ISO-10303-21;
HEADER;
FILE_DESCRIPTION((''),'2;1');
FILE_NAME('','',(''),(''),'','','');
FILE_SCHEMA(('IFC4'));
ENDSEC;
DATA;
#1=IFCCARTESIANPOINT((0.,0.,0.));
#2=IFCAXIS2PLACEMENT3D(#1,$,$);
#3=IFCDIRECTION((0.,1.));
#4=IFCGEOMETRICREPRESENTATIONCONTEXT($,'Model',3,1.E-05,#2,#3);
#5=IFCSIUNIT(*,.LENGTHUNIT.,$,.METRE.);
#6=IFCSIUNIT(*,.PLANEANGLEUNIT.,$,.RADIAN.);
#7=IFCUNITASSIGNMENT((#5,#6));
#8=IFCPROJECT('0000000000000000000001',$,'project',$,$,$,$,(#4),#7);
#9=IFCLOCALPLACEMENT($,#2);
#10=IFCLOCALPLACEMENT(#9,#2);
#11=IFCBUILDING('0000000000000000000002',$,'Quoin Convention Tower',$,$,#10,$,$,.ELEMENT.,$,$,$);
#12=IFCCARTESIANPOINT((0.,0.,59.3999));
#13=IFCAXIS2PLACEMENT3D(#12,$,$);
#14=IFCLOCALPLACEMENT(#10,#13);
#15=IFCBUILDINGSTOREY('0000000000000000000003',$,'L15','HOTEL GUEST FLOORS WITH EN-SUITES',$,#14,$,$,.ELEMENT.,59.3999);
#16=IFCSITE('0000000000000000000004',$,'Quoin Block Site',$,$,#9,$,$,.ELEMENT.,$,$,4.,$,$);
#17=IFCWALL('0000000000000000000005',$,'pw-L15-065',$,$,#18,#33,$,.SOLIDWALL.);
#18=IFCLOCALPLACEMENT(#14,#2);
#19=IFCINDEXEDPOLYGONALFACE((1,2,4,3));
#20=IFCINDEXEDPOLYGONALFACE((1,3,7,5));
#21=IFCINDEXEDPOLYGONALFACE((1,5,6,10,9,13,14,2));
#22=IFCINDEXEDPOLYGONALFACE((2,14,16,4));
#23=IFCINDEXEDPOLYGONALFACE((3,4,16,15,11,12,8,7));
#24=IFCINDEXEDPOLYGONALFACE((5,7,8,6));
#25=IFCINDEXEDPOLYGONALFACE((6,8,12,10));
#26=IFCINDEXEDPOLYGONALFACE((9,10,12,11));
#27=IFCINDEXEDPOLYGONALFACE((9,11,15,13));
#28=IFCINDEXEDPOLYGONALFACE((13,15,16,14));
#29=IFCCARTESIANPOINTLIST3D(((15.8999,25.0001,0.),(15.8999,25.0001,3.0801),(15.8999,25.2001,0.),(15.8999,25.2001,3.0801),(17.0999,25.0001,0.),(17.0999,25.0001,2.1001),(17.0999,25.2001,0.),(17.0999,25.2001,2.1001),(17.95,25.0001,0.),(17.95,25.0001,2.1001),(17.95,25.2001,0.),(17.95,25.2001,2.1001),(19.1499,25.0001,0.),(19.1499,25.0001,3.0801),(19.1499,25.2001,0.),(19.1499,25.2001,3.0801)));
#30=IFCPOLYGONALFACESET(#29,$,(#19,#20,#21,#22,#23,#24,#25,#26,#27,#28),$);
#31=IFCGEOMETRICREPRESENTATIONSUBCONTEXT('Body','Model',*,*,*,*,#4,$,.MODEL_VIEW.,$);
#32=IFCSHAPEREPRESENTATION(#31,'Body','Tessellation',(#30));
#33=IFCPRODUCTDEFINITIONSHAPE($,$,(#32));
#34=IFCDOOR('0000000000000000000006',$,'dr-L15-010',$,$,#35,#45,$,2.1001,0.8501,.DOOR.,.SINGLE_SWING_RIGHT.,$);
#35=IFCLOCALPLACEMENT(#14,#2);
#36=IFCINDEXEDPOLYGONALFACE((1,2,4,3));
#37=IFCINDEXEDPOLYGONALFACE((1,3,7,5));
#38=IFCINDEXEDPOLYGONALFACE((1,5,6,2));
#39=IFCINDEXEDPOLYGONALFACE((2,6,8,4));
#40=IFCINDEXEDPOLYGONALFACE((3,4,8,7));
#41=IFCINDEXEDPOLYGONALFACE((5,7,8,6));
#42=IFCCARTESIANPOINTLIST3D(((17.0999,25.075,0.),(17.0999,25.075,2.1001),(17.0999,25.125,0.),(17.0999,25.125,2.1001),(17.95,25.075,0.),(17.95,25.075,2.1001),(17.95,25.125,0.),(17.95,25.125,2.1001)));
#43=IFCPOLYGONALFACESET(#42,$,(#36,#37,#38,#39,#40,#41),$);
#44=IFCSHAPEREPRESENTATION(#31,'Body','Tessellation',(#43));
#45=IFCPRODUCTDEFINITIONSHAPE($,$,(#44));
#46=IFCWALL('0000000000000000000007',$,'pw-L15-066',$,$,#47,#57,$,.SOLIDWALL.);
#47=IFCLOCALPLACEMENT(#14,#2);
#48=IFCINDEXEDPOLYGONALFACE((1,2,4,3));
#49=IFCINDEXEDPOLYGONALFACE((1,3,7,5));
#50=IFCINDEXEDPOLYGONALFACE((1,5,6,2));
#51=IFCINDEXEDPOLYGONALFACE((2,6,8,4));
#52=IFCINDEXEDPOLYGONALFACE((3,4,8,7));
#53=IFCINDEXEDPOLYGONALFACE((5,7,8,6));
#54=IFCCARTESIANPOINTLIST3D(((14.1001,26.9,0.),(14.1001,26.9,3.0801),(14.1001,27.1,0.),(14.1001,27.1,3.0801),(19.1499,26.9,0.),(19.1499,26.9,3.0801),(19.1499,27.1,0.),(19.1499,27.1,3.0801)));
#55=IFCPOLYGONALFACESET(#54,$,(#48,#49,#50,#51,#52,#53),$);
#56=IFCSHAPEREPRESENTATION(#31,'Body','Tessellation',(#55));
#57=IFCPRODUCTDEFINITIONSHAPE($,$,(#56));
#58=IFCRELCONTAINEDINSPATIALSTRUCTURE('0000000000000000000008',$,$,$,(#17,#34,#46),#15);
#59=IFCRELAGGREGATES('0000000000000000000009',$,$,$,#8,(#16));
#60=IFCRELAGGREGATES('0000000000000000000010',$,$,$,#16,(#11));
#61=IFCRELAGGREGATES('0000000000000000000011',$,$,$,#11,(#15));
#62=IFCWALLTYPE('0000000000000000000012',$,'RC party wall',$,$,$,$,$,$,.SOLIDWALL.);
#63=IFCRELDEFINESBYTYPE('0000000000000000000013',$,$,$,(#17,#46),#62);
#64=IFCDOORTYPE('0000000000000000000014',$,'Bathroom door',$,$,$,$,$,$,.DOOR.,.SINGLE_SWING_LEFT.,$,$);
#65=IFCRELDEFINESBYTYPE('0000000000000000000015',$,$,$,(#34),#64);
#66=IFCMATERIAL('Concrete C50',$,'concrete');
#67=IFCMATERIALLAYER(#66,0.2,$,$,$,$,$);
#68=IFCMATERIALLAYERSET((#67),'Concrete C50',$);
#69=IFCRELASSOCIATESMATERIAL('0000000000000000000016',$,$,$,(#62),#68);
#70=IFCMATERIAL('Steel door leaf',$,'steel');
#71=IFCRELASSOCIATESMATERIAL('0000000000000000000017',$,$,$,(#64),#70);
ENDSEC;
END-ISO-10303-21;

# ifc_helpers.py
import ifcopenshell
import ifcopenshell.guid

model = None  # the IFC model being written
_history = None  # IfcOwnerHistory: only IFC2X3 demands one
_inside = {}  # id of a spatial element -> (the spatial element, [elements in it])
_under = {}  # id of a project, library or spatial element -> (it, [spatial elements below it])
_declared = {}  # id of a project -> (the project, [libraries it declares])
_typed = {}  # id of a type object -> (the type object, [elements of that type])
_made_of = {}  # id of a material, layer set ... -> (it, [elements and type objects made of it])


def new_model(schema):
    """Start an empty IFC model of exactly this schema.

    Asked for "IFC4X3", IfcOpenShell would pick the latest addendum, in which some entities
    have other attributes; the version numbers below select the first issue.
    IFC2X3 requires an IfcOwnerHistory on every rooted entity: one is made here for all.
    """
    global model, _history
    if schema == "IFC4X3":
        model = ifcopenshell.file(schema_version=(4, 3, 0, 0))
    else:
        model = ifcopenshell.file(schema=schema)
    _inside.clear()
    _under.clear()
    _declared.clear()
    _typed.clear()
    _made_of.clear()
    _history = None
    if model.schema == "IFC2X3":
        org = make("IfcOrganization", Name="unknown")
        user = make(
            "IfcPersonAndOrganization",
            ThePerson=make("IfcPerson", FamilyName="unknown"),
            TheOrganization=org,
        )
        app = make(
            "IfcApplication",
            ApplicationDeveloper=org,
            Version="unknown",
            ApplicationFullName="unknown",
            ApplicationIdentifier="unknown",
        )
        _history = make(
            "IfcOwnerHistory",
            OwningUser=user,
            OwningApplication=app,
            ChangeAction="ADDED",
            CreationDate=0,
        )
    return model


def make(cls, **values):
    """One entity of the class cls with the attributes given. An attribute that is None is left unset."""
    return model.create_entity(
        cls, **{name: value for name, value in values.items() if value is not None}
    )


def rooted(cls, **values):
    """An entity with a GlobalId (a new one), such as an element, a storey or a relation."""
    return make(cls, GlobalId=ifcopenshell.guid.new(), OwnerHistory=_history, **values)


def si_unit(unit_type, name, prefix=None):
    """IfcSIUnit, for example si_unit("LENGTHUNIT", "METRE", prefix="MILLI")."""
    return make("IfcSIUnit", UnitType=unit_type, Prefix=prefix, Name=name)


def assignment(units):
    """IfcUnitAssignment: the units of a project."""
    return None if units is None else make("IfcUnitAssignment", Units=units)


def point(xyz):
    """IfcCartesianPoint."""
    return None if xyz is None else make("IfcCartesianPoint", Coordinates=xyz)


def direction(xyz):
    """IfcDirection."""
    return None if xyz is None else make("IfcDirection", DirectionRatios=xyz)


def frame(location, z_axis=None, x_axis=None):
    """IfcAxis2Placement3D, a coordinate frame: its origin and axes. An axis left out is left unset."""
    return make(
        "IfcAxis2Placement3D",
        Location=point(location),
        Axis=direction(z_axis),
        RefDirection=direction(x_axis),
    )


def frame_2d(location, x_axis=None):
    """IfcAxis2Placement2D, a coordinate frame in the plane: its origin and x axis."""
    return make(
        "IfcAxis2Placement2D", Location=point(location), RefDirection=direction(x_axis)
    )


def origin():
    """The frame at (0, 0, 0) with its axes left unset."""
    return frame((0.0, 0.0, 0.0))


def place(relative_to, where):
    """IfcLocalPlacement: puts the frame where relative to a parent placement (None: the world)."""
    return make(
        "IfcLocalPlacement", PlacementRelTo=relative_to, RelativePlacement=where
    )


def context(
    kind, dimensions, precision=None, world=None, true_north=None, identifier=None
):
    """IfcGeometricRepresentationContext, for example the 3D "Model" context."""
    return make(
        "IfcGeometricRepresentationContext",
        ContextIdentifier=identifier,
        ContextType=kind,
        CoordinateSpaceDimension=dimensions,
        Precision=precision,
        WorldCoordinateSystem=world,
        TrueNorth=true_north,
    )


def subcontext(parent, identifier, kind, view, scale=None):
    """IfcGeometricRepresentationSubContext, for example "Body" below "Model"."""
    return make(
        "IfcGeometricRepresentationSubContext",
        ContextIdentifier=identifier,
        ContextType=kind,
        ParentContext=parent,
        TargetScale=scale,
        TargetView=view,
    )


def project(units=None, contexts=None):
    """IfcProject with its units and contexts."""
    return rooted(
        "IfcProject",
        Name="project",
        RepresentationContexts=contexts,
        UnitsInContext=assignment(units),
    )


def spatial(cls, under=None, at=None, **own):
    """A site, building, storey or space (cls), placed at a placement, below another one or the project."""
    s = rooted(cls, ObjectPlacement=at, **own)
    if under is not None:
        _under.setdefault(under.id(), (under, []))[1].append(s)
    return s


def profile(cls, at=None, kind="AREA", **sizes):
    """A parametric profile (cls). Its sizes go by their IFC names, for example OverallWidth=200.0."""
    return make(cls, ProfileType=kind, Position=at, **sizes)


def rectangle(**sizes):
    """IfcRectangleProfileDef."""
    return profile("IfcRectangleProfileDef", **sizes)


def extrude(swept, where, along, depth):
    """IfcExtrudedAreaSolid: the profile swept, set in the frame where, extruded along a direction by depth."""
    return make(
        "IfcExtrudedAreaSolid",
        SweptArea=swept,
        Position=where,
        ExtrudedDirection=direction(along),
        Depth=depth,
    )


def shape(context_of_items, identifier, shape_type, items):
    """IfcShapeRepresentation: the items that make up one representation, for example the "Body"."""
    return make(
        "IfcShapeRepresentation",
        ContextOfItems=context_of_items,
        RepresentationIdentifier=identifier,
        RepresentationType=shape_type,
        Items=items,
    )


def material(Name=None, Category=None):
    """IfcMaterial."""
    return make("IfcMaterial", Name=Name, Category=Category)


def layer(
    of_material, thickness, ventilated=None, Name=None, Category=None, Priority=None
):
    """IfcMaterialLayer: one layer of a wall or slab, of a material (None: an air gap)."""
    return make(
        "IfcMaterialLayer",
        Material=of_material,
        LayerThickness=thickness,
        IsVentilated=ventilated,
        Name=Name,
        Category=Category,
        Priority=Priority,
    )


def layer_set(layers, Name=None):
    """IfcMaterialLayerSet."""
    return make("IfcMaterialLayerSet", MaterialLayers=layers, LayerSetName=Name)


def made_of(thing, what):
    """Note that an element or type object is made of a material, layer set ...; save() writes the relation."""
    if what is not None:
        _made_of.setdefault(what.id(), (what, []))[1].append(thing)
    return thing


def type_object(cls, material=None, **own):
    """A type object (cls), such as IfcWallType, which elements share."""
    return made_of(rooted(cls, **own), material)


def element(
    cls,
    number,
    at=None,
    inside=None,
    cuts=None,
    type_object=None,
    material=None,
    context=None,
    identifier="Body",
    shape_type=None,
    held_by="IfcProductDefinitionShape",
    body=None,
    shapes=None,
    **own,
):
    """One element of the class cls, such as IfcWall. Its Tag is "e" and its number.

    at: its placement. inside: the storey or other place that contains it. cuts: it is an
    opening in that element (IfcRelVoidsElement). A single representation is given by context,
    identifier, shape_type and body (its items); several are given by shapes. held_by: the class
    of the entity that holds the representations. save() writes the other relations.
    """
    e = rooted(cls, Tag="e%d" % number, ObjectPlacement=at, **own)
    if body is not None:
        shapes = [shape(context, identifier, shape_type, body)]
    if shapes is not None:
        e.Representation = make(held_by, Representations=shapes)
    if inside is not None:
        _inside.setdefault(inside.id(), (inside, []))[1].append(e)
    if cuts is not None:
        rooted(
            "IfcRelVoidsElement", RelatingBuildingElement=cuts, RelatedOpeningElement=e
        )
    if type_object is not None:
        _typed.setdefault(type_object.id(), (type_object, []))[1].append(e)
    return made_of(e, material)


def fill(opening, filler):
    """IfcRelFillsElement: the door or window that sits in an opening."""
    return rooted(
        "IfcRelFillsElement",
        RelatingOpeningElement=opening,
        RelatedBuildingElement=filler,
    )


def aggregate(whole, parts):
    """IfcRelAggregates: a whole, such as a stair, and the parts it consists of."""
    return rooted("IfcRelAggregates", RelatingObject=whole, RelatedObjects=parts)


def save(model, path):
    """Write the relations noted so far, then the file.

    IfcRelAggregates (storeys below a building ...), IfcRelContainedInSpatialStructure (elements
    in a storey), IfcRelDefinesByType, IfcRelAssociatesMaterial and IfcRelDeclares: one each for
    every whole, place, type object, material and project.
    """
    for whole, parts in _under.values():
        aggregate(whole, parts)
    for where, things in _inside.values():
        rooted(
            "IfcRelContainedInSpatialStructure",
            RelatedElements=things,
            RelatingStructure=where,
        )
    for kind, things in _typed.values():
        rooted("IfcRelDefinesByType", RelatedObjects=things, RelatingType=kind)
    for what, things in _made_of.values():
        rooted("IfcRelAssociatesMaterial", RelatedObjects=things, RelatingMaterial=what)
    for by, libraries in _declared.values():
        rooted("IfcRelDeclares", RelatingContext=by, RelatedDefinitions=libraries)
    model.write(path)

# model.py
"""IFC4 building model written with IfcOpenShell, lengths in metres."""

from ifc_helpers import new_model, si_unit, direction, frame, frame_2d, origin, place, context, subcontext, project, spatial, rectangle, extrude, material, layer, layer_set, type_object, element, fill, save


model = new_model("IFC4")

# Units and contexts
model_context = context("Model", 3, precision=1e-05, world=origin(), true_north=direction((0.0, 1.0)))
body_context = subcontext(model_context, "Body", "Model", "MODEL_VIEW")
ifc_project = project(units=[si_unit("LENGTHUNIT", "METRE"), si_unit("PLANEANGLEUNIT", "RADIAN")], contexts=[model_context])

# Site, building, storey
site_placement = place(None, origin())
site = spatial("IfcSite", under=ifc_project, at=site_placement, Name="Quoin Block Site", CompositionType="ELEMENT", RefElevation=4.0)
building_placement = place(site_placement, origin())
building = spatial("IfcBuilding", under=site, at=building_placement, Name="Quoin Convention Tower", CompositionType="ELEMENT")
storey_placement = place(building_placement, frame((0.0, 0.0, 59.3999)))
storey = spatial("IfcBuildingStorey", under=building, at=storey_placement, Name="L15", Description="HOTEL GUEST FLOORS WITH EN-SUITES", CompositionType="ELEMENT", Elevation=59.3999)

# Shared definitions
ifc_material_1 = material(Name="Concrete C50", Category="concrete")
ifc_layer_1 = layer(ifc_material_1, 0.2)
ifc_layer_set_1 = layer_set([ifc_layer_1], Name="Concrete C50")
wall_type_1 = type_object("IfcWallType", Name="RC party wall", PredefinedType="SOLIDWALL", material=ifc_layer_set_1)

# Shared definitions
ifc_material_2 = material(Name="Steel door leaf", Category="steel")
door_type_1 = type_object("IfcDoorType", Name="Bathroom door", OperationType="SINGLE_SWING_LEFT", PredefinedType="DOOR", material=ifc_material_2)

# Wall, opening, door
wall_1_placement = place(storey_placement, frame((15.8999, 25.1001, 0.0), z_axis=(0.0, 0.0, 1.0), x_axis=(1.0, 0.0, 0.0)))
wall_1 = element("IfcWall", 1, at=wall_1_placement, inside=storey, type_object=wall_type_1, Name="pw-L15-065", PredefinedType="SOLIDWALL", context=body_context, shape_type="SweptSolid", body=[
    extrude(rectangle(XDim=3.25, YDim=0.2, at=frame_2d((1.625, 0.0))), origin(), (0.0, 0.0, 1.0), 3.0801),
])
opening_1_placement = place(wall_1_placement, frame((1.2, 0.0, 0.0)))
opening_1 = element("IfcOpeningElement", 2, at=opening_1_placement, cuts=wall_1, PredefinedType="OPENING", context=body_context, shape_type="SweptSolid", body=[
    extrude(rectangle(XDim=0.8501, YDim=2.1001, at=frame_2d((0.425, 1.05))), frame((0.0, 0.1099, 0.0), z_axis=(0.0, -1.0, 0.0), x_axis=(1.0, 0.0, 0.0)), (0.0, 0.0, 1.0), 0.22),
])
door_1_placement = place(opening_1_placement, origin())
door_1 = element("IfcDoor", 3, at=door_1_placement, inside=storey, type_object=door_type_1, Name="dr-L15-010", OperationType="SINGLE_SWING_RIGHT", OverallHeight=2.1001, OverallWidth=0.8501, PredefinedType="DOOR", context=body_context, shape_type="SweptSolid", body=[
    extrude(rectangle(XDim=0.8501, YDim=2.1001, at=frame_2d((0.425, 1.05))), frame((0.0, 0.0249, 0.0), z_axis=(0.0, -1.0, 0.0), x_axis=(1.0, 0.0, 0.0)), (0.0, 0.0, 1.0), 0.05),
])
fill(opening_1, door_1)

# Wall
wall_2_placement = place(storey_placement, frame((14.1001, 27.0, 0.0), z_axis=(0.0, 0.0, 1.0), x_axis=(1.0, 0.0, 0.0)))
element("IfcWall", 4, at=wall_2_placement, inside=storey, type_object=wall_type_1, Name="pw-L15-066", PredefinedType="SOLIDWALL", context=body_context, shape_type="SweptSolid", body=[
    extrude(rectangle(XDim=5.0498, YDim=0.2, at=frame_2d((2.5249, 0.0))), origin(), (0.0, 0.0, 1.0), 3.0801),
])

save(model, "model.ifc")
